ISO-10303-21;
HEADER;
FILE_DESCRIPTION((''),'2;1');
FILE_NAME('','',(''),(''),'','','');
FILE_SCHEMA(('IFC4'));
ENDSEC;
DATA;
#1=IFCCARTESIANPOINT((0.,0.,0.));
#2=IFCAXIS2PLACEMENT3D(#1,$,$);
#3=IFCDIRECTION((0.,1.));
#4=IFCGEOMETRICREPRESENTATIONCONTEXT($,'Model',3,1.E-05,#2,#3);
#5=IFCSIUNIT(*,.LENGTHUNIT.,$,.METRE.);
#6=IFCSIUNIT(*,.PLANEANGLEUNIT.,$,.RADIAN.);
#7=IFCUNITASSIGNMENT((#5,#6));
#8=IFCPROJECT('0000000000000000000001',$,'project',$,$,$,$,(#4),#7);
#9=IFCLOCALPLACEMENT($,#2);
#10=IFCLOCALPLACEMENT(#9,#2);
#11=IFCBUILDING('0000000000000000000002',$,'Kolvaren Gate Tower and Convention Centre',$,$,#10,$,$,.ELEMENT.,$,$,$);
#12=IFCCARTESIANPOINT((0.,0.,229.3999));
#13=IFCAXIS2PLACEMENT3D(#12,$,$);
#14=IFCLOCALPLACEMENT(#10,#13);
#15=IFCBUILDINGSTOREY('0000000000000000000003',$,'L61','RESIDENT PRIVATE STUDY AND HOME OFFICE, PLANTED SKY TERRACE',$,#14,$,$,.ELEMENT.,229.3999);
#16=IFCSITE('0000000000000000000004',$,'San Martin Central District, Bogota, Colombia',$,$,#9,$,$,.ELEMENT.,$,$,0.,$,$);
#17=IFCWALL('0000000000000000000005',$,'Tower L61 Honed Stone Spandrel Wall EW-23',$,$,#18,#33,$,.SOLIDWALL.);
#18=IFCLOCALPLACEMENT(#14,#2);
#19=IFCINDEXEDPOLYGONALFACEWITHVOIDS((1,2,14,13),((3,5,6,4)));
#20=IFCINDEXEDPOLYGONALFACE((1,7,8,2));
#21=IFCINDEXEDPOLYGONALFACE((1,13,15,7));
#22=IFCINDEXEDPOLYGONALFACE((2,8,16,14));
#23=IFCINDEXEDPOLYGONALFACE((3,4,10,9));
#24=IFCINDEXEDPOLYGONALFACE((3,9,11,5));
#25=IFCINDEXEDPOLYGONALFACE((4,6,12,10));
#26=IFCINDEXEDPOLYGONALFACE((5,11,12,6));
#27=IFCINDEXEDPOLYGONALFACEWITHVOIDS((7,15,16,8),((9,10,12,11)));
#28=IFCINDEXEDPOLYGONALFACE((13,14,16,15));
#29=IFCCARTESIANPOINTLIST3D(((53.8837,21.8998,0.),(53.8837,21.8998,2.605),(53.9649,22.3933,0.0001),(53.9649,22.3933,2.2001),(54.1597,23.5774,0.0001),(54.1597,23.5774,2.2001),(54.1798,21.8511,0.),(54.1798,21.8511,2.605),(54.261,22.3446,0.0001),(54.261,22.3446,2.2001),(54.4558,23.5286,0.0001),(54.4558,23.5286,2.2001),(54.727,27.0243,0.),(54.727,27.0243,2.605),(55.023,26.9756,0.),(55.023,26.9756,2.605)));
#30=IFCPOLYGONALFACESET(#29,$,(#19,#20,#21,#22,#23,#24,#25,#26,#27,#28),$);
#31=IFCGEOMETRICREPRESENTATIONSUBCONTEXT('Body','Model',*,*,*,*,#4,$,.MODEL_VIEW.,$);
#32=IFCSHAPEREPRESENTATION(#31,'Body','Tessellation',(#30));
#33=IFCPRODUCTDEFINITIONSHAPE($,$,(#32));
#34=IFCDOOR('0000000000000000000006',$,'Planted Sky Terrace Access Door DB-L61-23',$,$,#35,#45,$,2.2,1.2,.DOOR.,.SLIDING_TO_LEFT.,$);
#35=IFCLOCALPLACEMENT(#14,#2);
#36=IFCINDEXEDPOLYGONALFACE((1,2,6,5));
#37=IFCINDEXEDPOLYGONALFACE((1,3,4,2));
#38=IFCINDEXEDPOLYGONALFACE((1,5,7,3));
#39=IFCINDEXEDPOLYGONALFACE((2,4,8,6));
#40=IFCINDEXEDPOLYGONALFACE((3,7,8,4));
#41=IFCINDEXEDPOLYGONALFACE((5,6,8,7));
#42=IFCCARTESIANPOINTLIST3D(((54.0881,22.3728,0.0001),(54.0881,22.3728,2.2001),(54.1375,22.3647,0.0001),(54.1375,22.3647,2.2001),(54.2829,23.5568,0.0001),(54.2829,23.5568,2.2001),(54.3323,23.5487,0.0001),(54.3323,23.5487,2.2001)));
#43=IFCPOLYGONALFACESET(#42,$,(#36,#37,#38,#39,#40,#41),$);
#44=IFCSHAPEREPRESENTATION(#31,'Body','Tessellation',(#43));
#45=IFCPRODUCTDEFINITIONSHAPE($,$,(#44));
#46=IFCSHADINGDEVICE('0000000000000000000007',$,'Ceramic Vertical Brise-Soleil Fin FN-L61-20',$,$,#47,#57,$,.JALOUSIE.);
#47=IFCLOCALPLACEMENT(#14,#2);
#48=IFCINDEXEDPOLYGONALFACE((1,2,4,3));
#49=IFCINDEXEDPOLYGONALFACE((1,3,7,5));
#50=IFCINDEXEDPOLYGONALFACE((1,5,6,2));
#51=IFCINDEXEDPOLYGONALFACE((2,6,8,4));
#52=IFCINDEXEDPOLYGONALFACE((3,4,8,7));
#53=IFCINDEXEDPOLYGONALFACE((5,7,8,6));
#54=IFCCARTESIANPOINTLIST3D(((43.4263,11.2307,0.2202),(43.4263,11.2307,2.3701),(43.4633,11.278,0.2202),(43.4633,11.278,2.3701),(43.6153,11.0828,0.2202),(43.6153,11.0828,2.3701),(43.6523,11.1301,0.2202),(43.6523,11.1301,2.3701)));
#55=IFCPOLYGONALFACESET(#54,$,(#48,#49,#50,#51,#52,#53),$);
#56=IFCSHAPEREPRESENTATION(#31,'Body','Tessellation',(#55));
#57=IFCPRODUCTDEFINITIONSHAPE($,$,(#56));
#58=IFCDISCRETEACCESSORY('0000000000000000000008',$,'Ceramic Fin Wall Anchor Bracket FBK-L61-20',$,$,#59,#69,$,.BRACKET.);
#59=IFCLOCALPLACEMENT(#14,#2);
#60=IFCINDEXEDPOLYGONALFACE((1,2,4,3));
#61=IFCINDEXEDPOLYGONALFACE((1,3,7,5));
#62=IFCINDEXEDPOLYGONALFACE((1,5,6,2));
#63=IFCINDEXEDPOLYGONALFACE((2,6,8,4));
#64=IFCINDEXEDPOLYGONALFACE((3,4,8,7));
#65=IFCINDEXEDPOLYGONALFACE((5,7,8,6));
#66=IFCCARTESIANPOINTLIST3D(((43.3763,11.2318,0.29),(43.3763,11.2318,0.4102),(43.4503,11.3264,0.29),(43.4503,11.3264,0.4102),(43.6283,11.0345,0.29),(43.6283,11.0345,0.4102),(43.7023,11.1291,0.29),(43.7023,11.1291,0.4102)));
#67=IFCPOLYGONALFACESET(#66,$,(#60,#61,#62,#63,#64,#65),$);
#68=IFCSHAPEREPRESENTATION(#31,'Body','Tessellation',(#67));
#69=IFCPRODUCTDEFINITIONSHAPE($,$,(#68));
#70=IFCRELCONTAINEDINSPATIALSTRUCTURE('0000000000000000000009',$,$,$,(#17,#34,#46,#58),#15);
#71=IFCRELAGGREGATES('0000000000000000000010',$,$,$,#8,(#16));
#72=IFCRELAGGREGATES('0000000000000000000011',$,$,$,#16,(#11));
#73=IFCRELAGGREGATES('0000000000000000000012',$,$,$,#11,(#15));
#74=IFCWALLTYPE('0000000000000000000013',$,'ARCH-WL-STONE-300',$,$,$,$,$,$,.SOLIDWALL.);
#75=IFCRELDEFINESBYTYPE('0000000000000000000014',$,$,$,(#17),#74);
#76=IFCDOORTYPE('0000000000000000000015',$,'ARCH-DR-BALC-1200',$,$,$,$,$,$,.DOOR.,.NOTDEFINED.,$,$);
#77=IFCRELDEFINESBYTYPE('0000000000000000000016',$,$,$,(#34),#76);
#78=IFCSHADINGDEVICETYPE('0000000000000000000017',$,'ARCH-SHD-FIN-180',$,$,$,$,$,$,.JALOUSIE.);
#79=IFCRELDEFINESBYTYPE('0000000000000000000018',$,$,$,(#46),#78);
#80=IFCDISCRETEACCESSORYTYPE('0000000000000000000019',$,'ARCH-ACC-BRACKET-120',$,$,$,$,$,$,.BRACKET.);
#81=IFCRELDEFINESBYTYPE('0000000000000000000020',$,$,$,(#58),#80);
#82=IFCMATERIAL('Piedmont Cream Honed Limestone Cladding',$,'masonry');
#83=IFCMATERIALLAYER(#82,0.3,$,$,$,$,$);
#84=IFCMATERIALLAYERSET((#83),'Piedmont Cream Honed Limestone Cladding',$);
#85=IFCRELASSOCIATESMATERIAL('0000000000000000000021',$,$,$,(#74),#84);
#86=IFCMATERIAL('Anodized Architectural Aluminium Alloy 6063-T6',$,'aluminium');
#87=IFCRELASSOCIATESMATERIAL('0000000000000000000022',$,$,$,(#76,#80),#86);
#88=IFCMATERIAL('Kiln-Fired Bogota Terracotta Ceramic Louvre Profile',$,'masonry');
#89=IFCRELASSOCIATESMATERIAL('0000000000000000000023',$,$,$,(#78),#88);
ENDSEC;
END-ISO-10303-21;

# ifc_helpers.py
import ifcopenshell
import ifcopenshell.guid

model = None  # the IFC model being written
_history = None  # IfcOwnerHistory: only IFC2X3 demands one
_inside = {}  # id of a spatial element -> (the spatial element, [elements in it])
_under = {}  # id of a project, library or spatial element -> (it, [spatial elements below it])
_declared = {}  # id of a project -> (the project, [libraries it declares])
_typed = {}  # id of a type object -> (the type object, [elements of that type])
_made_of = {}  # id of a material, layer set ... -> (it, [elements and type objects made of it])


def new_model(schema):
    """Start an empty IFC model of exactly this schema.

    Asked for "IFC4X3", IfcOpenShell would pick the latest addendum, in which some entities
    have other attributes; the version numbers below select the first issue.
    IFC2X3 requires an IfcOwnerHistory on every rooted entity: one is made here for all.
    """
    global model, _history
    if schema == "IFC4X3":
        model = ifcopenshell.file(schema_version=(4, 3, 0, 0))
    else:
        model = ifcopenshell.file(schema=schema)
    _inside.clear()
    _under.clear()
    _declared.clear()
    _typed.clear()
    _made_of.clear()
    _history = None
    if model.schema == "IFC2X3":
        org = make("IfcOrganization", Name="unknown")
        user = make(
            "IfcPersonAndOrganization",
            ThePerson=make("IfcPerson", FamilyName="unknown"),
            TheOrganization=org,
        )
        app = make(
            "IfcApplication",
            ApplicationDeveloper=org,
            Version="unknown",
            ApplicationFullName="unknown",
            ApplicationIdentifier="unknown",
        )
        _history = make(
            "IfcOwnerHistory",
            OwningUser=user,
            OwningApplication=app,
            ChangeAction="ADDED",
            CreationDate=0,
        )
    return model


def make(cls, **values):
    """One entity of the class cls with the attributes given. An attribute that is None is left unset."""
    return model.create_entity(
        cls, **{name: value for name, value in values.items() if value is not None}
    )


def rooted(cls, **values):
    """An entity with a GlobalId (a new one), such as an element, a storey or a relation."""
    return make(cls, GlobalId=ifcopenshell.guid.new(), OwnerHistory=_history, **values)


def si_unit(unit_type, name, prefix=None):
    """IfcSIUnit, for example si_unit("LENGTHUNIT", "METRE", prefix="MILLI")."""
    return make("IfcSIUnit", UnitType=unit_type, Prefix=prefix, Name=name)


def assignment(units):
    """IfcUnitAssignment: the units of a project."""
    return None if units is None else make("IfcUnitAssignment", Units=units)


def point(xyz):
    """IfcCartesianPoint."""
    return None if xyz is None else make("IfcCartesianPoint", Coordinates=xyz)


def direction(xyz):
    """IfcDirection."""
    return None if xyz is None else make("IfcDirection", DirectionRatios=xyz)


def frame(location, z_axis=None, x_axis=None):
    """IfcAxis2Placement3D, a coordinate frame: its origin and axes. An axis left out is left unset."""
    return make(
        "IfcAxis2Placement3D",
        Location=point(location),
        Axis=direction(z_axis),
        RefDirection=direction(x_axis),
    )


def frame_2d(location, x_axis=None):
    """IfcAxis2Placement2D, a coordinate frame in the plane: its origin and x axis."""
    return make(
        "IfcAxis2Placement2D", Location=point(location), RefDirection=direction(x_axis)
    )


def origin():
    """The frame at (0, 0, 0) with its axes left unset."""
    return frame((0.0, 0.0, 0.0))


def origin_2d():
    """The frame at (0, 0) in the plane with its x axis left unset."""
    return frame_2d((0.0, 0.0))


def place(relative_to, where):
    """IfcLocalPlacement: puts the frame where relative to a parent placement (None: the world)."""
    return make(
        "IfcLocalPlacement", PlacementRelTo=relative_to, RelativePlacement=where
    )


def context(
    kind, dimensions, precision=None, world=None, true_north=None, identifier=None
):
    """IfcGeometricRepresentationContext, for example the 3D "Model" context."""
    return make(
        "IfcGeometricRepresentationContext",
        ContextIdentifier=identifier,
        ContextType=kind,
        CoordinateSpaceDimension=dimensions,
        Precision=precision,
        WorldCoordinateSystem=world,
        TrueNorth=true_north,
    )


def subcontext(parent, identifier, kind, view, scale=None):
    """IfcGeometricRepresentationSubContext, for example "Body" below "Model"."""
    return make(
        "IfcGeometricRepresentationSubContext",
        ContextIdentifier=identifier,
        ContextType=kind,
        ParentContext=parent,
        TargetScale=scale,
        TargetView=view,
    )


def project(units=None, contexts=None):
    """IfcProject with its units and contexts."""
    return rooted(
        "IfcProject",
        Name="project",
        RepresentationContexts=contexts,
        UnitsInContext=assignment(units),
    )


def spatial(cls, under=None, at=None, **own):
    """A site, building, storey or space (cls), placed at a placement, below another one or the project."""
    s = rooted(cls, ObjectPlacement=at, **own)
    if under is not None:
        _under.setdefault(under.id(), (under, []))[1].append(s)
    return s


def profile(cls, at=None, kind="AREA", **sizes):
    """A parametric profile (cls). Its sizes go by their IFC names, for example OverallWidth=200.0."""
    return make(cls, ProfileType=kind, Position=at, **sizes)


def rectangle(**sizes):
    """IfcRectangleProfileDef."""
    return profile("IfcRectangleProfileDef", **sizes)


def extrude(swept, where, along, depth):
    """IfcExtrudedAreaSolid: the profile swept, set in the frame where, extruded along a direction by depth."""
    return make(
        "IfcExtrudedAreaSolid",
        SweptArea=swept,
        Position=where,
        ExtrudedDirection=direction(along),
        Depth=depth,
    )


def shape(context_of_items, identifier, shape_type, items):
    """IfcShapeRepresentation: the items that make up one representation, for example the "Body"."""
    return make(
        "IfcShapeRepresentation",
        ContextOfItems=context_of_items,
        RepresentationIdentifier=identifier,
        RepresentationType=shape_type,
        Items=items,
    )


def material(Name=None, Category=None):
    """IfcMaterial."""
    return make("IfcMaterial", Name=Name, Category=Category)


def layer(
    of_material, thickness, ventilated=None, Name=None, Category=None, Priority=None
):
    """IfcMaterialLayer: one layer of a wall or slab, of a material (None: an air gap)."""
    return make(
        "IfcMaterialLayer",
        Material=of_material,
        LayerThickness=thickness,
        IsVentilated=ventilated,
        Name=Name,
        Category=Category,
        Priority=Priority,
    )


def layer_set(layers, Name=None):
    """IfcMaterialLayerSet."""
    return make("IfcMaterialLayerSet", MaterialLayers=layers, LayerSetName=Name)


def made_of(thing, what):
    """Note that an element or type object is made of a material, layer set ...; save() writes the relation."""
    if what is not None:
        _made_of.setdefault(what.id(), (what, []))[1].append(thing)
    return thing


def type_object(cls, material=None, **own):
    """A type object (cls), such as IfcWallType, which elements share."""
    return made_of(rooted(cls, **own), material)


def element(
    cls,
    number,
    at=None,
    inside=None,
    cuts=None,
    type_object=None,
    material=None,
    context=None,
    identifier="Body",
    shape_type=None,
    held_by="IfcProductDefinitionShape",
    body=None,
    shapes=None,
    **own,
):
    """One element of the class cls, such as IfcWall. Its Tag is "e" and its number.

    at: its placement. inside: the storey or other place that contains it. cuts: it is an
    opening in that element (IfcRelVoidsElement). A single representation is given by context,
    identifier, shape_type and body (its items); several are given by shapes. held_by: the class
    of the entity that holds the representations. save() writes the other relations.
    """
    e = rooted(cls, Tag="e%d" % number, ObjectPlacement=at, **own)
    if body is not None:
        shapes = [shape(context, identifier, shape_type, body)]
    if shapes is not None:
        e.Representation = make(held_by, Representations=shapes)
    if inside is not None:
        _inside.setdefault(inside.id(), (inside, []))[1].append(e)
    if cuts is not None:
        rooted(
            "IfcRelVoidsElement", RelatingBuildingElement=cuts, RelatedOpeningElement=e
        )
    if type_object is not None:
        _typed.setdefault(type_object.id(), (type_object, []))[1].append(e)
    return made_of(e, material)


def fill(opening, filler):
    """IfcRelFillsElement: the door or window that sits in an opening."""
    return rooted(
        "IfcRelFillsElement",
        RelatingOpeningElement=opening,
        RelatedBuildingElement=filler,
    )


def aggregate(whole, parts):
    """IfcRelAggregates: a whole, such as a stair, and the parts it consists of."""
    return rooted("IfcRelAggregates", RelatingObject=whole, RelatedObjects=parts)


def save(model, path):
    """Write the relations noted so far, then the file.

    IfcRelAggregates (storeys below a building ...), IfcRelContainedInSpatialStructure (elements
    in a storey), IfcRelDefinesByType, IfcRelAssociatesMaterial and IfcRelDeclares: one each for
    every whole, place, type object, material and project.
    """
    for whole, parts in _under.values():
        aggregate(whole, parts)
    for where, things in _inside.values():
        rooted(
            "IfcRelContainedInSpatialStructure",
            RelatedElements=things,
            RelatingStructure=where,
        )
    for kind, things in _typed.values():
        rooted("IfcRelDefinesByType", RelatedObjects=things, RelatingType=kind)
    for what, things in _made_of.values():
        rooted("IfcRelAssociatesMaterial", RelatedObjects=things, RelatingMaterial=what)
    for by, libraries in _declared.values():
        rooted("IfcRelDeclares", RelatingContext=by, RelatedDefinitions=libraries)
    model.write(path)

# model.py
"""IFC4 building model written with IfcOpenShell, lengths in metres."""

from ifc_helpers import new_model, si_unit, direction, frame, frame_2d, origin, origin_2d, place, context, subcontext, project, spatial, rectangle, extrude, material, layer, layer_set, type_object, element, fill, save


model = new_model("IFC4")

# Units and contexts
model_context = context("Model", 3, precision=1e-05, world=origin(), true_north=direction((0.0, 1.0)))
body_context = subcontext(model_context, "Body", "Model", "MODEL_VIEW")
ifc_project = project(units=[si_unit("LENGTHUNIT", "METRE"), si_unit("PLANEANGLEUNIT", "RADIAN")], contexts=[model_context])

# Site, building, storey
site_placement = place(None, origin())
site = spatial("IfcSite", under=ifc_project, at=site_placement, Name="San Martin Central District, Bogota, Colombia", CompositionType="ELEMENT", RefElevation=0.0)
building_placement = place(site_placement, origin())
building = spatial("IfcBuilding", under=site, at=building_placement, Name="Kolvaren Gate Tower and Convention Centre", CompositionType="ELEMENT")
storey_placement = place(building_placement, frame((0.0, 0.0, 229.3999)))
storey = spatial("IfcBuildingStorey", under=building, at=storey_placement, Name="L61", Description="RESIDENT PRIVATE STUDY AND HOME OFFICE, PLANTED SKY TERRACE", CompositionType="ELEMENT", Elevation=229.3999)

# Shared definitions
ifc_material_1 = material(Name="Piedmont Cream Honed Limestone Cladding", Category="masonry")

# Shared definitions
ifc_layer_1 = layer(ifc_material_1, 0.3)
ifc_layer_set_1 = layer_set([ifc_layer_1], Name="Piedmont Cream Honed Limestone Cladding")
wall_type_1 = type_object("IfcWallType", Name="ARCH-WL-STONE-300", PredefinedType="SOLIDWALL", material=ifc_layer_set_1)

# Wall, opening, door
wall_1_placement = place(storey_placement, frame((54.0317, 21.8755, 0.0), z_axis=(0.0, 0.0, 1.0), x_axis=(0.162371, 0.98673, 0.0)))
wall_1 = element("IfcWall", 1, at=wall_1_placement, inside=storey, type_object=wall_type_1, Name="Tower L61 Honed Stone Spandrel Wall EW-23", PredefinedType="SOLIDWALL", context=body_context, shape_type="SweptSolid", body=[
    extrude(rectangle(XDim=5.1934, YDim=0.3, at=frame_2d((2.5967, 0.0))), origin(), (0.0, 0.0, 1.0), 2.605),
])
opening_1_placement = place(wall_1_placement, frame((0.5, 0.0, 0.0)))
opening_1 = element("IfcOpeningElement", 2, at=opening_1_placement, cuts=wall_1, PredefinedType="OPENING", context=body_context, shape_type="SweptSolid", body=[
    extrude(rectangle(XDim=1.2, YDim=2.2, at=frame_2d((0.6001, 1.1001))), frame((0.0, 0.1599, 0.0), z_axis=(0.0, -1.0, 0.0), x_axis=(1.0, 0.0, 0.0)), (0.0, 0.0, 1.0), 0.3201),
])
ifc_material_2 = material(Name="Anodized Architectural Aluminium Alloy 6063-T6", Category="aluminium")
door_type_1 = type_object("IfcDoorType", Name="ARCH-DR-BALC-1200", OperationType="NOTDEFINED", PredefinedType="DOOR", material=ifc_material_2)
door_1_placement = place(opening_1_placement, frame((1.2, 0.0, 0.0), z_axis=(0.0, 0.0, 1.0), x_axis=(-1.0, 0.0, 0.0)))
door_1 = element("IfcDoor", 3, at=door_1_placement, inside=storey, type_object=door_type_1, Name="Planted Sky Terrace Access Door DB-L61-23", OperationType="SLIDING_TO_LEFT", OverallHeight=2.2, OverallWidth=1.2, PredefinedType="DOOR", context=body_context, shape_type="SweptSolid", body=[
    extrude(rectangle(XDim=1.2, YDim=2.2, at=frame_2d((0.6001, 1.1001))), frame((0.0, 0.0249, 0.0), z_axis=(0.0, -1.0, 0.0), x_axis=(1.0, 0.0, 0.0)), (0.0, 0.0, 1.0), 0.05),
])
fill(opening_1, door_1)

# Shading device
ifc_material_3 = material(Name="Kiln-Fired Bogota Terracotta Ceramic Louvre Profile", Category="masonry")
shading_device_type = type_object("IfcShadingDeviceType", Name="ARCH-SHD-FIN-180", PredefinedType="JALOUSIE", material=ifc_material_3)
shading_device_placement = place(storey_placement, frame((43.5393, 11.1804, 0.2202), z_axis=(0.0, 0.0, 1.0), x_axis=(0.616434, 0.787406, 0.0)))
element("IfcShadingDevice", 4, at=shading_device_placement, inside=storey, type_object=shading_device_type, Name="Ceramic Vertical Brise-Soleil Fin FN-L61-20", PredefinedType="JALOUSIE", context=body_context, shape_type="SweptSolid", body=[
    extrude(rectangle(XDim=0.0601, YDim=0.24, at=origin_2d()), origin(), (0.0, 0.0, 1.0), 2.1499),
])

# Discrete accessory
discrete_accessory_type = type_object("IfcDiscreteAccessoryType", Name="ARCH-ACC-BRACKET-120", PredefinedType="BRACKET", material=ifc_material_2)
discrete_accessory_placement = place(storey_placement, frame((43.5393, 11.1804, 0.29), z_axis=(0.0, 0.0, 1.0), x_axis=(0.616434, 0.787406, 0.0)))
element("IfcDiscreteAccessory", 5, at=discrete_accessory_placement, inside=storey, type_object=discrete_accessory_type, Name="Ceramic Fin Wall Anchor Bracket FBK-L61-20", PredefinedType="BRACKET", context=body_context, shape_type="SweptSolid", body=[
    extrude(rectangle(XDim=0.1201, YDim=0.3201, at=origin_2d()), origin(), (0.0, 0.0, 1.0), 0.1201),
])

save(model, "model.ifc")
